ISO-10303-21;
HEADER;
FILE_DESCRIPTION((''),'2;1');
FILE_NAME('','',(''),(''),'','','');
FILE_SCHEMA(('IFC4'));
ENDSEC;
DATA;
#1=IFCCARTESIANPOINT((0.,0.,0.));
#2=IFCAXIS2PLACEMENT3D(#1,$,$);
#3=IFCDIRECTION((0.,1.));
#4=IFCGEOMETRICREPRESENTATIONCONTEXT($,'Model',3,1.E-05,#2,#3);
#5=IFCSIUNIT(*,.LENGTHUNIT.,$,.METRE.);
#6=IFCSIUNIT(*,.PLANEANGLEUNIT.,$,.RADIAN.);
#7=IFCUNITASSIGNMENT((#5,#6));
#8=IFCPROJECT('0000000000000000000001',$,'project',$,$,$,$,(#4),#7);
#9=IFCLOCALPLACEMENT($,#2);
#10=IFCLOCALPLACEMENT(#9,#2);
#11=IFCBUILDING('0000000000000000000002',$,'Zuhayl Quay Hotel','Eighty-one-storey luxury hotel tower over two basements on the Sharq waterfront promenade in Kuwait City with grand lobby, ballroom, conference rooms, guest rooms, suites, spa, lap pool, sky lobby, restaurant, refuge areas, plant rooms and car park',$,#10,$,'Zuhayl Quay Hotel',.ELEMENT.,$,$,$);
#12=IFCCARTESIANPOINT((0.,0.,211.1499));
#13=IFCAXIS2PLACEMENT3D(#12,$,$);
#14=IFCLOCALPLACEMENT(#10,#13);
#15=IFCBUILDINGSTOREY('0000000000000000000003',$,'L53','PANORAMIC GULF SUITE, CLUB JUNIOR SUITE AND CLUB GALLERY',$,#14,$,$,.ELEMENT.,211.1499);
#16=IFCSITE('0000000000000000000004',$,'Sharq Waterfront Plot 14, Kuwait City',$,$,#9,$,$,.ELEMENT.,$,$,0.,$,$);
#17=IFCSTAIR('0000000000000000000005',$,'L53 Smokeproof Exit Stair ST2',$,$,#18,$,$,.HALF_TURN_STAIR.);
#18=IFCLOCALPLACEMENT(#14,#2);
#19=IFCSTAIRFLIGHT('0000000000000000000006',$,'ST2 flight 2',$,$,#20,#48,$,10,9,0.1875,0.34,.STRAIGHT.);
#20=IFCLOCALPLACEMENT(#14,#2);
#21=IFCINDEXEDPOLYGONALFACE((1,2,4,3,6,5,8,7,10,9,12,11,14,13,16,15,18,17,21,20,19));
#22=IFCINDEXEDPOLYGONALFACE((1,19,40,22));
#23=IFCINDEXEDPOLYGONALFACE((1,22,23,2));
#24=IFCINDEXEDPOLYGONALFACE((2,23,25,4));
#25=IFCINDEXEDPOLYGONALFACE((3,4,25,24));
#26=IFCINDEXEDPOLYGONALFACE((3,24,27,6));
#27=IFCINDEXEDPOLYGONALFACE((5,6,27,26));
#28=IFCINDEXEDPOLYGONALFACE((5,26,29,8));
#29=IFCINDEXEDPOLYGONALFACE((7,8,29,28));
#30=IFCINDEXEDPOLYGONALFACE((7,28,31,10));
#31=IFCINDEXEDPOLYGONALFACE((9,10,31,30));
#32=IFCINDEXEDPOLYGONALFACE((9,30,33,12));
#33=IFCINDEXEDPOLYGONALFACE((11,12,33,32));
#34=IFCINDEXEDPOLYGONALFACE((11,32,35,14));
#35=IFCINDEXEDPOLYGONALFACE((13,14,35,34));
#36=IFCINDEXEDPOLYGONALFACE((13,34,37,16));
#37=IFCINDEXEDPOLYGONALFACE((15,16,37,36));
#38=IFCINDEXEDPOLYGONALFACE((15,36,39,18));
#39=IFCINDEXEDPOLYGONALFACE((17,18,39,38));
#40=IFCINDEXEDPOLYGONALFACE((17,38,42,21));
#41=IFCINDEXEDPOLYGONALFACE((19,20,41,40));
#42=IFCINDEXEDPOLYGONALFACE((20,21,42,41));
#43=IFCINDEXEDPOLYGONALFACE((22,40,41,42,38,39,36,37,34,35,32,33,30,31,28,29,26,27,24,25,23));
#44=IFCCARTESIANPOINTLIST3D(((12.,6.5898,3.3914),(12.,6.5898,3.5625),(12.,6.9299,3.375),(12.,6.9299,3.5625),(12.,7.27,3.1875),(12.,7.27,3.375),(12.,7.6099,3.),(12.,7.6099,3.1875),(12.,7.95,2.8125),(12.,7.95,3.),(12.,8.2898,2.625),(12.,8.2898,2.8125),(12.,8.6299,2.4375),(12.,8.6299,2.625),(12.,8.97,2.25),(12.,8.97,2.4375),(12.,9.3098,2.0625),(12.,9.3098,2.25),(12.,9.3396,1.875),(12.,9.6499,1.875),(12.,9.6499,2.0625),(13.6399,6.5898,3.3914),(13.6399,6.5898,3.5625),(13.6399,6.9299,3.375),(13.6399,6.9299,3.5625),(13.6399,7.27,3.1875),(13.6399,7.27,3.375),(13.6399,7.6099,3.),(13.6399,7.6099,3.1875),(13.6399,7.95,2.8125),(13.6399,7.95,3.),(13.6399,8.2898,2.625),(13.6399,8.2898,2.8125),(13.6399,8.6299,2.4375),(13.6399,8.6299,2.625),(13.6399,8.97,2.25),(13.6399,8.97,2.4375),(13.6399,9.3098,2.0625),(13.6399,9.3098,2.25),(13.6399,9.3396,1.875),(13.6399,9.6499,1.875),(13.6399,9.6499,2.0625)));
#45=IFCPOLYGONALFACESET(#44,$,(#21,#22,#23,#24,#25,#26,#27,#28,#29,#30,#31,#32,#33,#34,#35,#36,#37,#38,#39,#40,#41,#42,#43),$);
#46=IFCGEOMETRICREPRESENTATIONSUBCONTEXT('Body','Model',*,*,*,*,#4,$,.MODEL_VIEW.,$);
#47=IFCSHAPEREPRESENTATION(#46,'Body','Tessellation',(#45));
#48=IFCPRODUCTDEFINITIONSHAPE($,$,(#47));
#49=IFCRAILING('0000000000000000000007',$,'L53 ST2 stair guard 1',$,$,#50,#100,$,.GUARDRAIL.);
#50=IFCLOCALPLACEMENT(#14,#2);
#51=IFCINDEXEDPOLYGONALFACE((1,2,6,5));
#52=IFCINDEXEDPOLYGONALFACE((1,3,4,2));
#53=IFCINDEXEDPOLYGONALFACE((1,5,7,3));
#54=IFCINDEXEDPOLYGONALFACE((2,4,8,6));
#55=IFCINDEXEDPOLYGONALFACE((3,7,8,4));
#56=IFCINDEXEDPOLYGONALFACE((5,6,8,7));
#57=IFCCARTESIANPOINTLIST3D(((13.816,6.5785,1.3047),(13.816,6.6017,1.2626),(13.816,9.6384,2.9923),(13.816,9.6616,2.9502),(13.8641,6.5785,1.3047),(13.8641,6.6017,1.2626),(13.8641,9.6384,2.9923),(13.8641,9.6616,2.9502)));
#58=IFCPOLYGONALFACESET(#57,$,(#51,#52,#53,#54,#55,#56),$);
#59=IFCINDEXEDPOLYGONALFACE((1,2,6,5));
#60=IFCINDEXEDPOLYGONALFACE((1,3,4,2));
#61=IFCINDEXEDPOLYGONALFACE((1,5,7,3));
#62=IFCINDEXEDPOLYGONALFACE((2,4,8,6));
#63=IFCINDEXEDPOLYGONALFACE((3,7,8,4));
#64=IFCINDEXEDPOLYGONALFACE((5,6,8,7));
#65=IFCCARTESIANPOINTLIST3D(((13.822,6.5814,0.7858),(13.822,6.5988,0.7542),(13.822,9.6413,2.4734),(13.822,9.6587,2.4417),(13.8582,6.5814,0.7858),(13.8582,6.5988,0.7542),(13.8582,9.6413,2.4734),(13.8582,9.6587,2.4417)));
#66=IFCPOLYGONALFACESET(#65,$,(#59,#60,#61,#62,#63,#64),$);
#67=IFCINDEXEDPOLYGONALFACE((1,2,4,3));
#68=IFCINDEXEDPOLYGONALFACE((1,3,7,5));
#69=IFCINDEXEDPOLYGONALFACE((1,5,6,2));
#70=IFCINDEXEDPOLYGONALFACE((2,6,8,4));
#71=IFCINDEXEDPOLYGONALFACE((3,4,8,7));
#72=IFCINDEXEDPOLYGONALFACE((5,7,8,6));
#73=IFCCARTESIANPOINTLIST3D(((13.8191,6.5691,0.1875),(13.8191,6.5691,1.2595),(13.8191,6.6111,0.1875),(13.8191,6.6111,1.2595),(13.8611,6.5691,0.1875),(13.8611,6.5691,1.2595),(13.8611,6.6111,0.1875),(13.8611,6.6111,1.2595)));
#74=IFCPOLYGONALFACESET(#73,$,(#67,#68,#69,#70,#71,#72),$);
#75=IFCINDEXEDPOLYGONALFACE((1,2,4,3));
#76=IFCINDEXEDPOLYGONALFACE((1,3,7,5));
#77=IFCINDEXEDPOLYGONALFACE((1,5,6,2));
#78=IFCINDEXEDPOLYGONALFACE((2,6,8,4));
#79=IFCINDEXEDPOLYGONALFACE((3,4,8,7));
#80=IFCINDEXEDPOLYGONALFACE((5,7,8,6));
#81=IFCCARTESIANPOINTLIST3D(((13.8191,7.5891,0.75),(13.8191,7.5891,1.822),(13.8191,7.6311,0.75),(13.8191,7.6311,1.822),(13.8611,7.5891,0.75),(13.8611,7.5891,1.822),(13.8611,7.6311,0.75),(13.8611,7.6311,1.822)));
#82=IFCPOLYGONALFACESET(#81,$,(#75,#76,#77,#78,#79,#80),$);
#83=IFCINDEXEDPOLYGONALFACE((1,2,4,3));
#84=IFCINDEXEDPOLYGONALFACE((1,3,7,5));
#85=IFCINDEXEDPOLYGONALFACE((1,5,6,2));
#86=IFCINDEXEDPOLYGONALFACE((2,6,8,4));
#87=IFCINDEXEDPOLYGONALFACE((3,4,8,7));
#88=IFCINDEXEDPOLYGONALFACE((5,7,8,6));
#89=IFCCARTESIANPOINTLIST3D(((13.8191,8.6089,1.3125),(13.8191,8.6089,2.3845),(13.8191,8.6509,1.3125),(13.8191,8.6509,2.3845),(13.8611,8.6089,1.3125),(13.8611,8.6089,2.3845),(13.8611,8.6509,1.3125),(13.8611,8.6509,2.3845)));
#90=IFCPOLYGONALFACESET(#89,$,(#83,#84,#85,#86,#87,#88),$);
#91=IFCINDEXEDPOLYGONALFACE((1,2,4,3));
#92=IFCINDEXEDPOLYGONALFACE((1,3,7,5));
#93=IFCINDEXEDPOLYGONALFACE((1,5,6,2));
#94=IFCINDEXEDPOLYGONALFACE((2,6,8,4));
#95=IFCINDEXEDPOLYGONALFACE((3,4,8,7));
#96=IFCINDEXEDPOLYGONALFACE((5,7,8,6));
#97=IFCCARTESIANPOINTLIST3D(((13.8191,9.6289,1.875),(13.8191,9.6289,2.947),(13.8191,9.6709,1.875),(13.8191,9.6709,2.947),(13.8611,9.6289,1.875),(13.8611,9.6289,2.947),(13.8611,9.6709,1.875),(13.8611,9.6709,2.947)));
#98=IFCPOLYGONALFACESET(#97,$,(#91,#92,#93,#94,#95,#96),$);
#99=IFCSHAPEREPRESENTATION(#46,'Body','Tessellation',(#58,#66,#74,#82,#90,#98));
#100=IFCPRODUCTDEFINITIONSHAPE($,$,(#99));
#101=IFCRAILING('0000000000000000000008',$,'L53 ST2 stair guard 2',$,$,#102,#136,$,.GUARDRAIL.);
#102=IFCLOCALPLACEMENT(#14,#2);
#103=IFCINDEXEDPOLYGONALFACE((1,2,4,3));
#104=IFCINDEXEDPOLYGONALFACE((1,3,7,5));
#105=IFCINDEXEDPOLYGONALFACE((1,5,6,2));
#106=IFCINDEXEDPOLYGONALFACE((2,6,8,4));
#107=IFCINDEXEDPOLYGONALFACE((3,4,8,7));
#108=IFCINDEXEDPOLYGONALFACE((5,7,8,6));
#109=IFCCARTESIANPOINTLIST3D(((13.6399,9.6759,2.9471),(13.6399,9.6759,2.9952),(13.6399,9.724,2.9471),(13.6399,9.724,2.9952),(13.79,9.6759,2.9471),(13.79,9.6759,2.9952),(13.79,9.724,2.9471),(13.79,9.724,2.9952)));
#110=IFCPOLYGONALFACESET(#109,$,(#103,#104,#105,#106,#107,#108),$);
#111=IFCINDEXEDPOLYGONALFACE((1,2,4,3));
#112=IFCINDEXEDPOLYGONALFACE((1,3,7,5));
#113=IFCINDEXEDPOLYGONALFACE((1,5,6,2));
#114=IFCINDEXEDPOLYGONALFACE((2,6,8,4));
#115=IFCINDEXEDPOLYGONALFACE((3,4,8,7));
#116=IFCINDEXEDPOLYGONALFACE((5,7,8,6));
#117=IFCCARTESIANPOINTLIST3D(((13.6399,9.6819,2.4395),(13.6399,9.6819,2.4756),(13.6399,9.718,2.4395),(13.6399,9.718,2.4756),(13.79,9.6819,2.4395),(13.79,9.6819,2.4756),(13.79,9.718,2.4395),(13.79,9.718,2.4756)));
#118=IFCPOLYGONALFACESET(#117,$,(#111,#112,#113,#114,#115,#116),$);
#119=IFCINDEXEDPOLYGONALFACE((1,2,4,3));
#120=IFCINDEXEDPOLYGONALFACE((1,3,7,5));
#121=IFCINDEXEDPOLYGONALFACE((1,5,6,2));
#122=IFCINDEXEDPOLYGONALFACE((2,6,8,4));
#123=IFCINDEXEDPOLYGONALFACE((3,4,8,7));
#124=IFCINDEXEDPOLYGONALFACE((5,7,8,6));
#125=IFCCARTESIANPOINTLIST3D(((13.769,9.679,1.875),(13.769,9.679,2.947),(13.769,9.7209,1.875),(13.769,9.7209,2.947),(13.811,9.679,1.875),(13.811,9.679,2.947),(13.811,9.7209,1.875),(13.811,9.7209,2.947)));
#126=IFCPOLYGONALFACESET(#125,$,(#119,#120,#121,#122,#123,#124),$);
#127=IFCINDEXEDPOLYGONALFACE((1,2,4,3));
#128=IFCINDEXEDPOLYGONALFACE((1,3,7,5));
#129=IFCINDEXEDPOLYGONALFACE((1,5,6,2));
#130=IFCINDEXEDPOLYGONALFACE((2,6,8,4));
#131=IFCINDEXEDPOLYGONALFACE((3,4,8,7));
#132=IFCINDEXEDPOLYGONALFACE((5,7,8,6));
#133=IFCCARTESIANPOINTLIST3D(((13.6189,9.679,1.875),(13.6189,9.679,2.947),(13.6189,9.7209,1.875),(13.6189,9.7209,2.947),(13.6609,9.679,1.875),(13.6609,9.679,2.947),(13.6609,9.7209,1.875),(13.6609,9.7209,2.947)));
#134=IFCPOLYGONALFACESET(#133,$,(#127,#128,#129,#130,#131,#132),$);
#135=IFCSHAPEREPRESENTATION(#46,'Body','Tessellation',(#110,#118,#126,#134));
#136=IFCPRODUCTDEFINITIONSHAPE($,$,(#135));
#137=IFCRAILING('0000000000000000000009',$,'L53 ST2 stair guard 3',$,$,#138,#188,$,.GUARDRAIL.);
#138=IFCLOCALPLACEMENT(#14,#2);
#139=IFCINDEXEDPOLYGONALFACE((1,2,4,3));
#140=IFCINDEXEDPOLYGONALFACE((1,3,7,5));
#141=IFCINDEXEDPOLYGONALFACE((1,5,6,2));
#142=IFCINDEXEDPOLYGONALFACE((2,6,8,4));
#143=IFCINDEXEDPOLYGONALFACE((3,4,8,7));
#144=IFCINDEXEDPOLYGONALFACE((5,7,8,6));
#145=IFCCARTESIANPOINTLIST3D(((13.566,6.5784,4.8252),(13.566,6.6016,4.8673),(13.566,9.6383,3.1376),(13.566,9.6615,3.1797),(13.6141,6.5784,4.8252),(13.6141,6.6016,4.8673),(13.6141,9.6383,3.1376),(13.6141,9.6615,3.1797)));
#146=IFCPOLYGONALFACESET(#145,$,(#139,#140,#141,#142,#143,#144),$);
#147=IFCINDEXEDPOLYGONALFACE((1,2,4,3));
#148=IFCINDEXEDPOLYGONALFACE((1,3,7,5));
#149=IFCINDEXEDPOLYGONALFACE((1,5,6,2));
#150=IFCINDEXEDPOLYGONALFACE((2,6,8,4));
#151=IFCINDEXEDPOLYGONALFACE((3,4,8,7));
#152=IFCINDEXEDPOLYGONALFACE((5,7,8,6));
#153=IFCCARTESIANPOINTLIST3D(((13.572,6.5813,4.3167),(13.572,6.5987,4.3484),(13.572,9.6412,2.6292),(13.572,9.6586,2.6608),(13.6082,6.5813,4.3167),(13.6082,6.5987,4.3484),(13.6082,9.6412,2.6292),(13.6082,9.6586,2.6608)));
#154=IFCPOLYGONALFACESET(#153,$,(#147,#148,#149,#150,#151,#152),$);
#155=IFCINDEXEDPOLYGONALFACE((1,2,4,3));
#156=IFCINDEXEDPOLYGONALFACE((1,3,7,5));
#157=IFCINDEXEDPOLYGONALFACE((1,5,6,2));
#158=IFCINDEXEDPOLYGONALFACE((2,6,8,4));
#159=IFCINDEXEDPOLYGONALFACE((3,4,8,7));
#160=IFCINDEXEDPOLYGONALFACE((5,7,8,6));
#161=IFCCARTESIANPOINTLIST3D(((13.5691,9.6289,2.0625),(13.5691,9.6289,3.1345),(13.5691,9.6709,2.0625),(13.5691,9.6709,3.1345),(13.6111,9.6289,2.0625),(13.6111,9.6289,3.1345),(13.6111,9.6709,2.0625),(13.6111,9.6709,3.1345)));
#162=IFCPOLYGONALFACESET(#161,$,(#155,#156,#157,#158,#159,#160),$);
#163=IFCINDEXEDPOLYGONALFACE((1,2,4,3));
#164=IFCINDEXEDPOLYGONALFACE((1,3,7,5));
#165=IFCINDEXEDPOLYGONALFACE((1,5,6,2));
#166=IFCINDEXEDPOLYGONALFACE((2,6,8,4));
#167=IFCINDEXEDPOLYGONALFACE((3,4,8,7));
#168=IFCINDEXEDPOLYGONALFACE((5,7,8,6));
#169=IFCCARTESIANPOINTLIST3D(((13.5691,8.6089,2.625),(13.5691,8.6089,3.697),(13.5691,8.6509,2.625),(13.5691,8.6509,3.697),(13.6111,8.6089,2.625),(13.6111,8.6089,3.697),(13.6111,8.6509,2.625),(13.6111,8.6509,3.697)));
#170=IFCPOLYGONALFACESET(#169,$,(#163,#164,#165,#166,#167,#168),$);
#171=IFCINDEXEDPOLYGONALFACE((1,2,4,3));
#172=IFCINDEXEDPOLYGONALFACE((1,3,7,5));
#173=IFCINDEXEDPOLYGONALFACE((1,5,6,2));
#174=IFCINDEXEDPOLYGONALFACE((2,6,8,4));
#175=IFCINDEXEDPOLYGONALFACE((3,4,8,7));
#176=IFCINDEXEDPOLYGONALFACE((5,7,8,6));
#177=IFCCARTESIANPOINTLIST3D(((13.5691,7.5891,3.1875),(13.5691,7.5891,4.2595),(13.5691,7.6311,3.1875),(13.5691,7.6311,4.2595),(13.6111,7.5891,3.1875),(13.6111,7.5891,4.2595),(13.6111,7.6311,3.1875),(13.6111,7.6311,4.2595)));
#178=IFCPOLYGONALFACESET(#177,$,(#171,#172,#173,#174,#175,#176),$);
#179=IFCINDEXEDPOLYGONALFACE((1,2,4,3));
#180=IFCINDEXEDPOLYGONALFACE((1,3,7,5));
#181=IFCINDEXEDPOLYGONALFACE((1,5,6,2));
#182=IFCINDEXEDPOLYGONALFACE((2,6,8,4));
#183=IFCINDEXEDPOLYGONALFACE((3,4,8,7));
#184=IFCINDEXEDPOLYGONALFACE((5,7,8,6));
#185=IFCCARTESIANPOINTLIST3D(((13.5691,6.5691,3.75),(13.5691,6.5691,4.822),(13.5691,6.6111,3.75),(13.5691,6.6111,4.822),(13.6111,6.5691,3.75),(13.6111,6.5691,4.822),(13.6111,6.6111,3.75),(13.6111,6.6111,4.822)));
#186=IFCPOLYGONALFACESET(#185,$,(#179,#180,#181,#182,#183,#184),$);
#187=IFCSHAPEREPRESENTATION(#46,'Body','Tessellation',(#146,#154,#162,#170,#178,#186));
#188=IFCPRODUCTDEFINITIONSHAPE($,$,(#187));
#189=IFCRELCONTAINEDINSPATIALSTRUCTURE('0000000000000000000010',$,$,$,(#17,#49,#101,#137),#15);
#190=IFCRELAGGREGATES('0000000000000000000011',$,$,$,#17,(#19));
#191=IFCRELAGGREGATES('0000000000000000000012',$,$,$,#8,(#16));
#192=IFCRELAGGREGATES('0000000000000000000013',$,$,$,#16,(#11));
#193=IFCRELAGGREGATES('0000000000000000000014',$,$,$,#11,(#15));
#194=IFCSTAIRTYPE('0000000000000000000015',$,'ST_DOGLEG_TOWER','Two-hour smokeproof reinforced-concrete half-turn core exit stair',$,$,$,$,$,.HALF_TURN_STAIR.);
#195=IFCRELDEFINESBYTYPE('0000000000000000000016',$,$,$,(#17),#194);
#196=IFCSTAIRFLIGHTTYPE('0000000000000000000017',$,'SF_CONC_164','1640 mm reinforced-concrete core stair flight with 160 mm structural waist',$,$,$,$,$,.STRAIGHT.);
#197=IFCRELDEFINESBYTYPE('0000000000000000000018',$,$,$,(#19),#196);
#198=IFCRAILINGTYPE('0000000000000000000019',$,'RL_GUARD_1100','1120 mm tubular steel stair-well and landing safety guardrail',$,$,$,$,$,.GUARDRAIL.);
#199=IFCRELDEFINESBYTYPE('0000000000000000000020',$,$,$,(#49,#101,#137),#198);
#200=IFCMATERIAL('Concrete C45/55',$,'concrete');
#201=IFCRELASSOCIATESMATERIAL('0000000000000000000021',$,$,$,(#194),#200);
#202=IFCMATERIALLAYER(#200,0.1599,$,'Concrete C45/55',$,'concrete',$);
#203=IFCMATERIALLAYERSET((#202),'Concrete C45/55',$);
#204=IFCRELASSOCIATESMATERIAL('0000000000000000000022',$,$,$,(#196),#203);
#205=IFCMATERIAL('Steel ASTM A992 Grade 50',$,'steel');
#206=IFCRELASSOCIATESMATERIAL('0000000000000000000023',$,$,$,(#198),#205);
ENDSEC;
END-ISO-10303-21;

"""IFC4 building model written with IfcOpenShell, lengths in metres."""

from ifc_helpers import new_model, si_unit, direction, frame, origin, origin_2d, place, context, subcontext, project, spatial, polyline, rectangle, outline, extrude, material, layer, layer_set, type_object, element, aggregate, save


model = new_model("IFC4")

# Units and contexts
model_context = context("Model", 3, precision=1e-05, world=origin(), true_north=direction((0.0, 1.0)))
body_context = subcontext(model_context, "Body", "Model", "MODEL_VIEW")
ifc_project = project(units=[si_unit("LENGTHUNIT", "METRE"), si_unit("PLANEANGLEUNIT", "RADIAN")], contexts=[model_context])

# Site, building, storey
site_placement = place(None, origin())
site = spatial("IfcSite", under=ifc_project, at=site_placement, Name="Sharq Waterfront Plot 14, Kuwait City", CompositionType="ELEMENT", RefElevation=0.0)
building_placement = place(site_placement, origin())
building = spatial("IfcBuilding", under=site, at=building_placement, Name="Zuhayl Quay Hotel", Description="Eighty-one-storey luxury hotel tower over two basements on the Sharq waterfront promenade in Kuwait City with grand lobby, ballroom, conference rooms, guest rooms, suites, spa, lap pool, sky lobby, restaurant, refuge areas, plant rooms and car park", LongName="Zuhayl Quay Hotel", CompositionType="ELEMENT")
storey_placement = place(building_placement, frame((0.0, 0.0, 211.1499)))
storey = spatial("IfcBuildingStorey", under=building, at=storey_placement, Name="L53", Description="PANORAMIC GULF SUITE, CLUB JUNIOR SUITE AND CLUB GALLERY", CompositionType="ELEMENT", Elevation=211.1499)

# Shared definitions
ifc_material_1 = material(Name="Steel ASTM A992 Grade 50", Category="steel")

# Stair, stair flight
ifc_material_2 = material(Name="Concrete C45/55", Category="concrete")
stair_type = type_object("IfcStairType", Name="ST_DOGLEG_TOWER", Description="Two-hour smokeproof reinforced-concrete half-turn core exit stair", PredefinedType="HALF_TURN_STAIR", material=ifc_material_2)
stair_placement = place(storey_placement, origin())
stair = element("IfcStair", 1, at=stair_placement, inside=storey, type_object=stair_type, Name="L53 Smokeproof Exit Stair ST2", PredefinedType="HALF_TURN_STAIR")
ifc_layer_1 = layer(ifc_material_2, 0.1599, Name="Concrete C45/55", Category="concrete")
ifc_layer_set_1 = layer_set([ifc_layer_1], Name="Concrete C45/55")
stair_flight_type = type_object("IfcStairFlightType", Name="SF_CONC_164", Description="1640 mm reinforced-concrete core stair flight with 160 mm structural waist", PredefinedType="STRAIGHT", material=ifc_layer_set_1)
stair_flight_1_placement = place(storey_placement, frame((12.8201, 9.6499, 1.875), z_axis=(0.0, 0.0, 1.0), x_axis=(0.0, -1.0, 0.0)))
stair_flight_1 = element("IfcStairFlight", 2, at=stair_flight_1_placement, type_object=stair_flight_type, Name="ST2 flight 2", NumberOfRisers=10, NumberOfTreads=9, PredefinedType="STRAIGHT", RiserHeight=0.1875, TreadLength=0.34, context=body_context, shape_type="SweptSolid", body=[
    extrude(outline(polyline([(0.0, 0.0), (0.0, 0.1875), (0.3401, 0.1875), (0.3401, 0.375), (0.6799, 0.375), (0.6799, 0.5625), (1.02, 0.5625), (1.02, 0.75), (1.3601, 0.75), (1.3601, 0.9375), (1.7, 0.9375), (1.7, 1.125), (2.04, 1.125), (2.04, 1.3125), (2.3799, 1.3125), (2.3799, 1.5), (2.72, 1.5), (2.72, 1.6875), (3.0601, 1.6875), (3.0601, 1.875), (3.0601, 1.5164), (0.3103, 0.0), (0.0, 0.0)])), frame((0.0, 0.8198, 0.0), z_axis=(0.0, -1.0, 0.0), x_axis=(1.0, 0.0, 0.0)), (0.0, 0.0, 1.0), 1.6399),
])
aggregate(stair, [stair_flight_1])

# Railings
railing_type_1 = type_object("IfcRailingType", Name="RL_GUARD_1100", Description="1120 mm tubular steel stair-well and landing safety guardrail", PredefinedType="GUARDRAIL", material=ifc_material_1)
railing_1_placement = place(storey_placement, frame((13.8401, 6.5901, 0.1875)))
element("IfcRailing", 3, at=railing_1_placement, inside=storey, type_object=railing_type_1, Name="L53 ST2 stair guard 1", PredefinedType="GUARDRAIL", context=body_context, shape_type="SweptSolid", body=[
    extrude(rectangle(XDim=0.0481, YDim=0.0481, at=origin_2d()), frame((0.0, 0.0, 1.0962), z_axis=(0.0, 0.875659, 0.48293), x_axis=(-1.0, 0.0, 0.0)), (0.0, 0.0, 1.0), 3.4944),
    extrude(rectangle(XDim=0.0361, YDim=0.0361, at=origin_2d()), frame((0.0, 0.0, 0.5825), z_axis=(0.0, 0.875659, 0.48293), x_axis=(-1.0, 0.0, 0.0)), (0.0, 0.0, 1.0), 3.4944),
    extrude(rectangle(XDim=0.042, YDim=0.042, at=origin_2d()), origin(), (0.0, 0.0, 1.0), 1.072),
    extrude(rectangle(XDim=0.042, YDim=0.042, at=origin_2d()), frame((0.0, 1.02, 0.5625)), (0.0, 0.0, 1.0), 1.072),
    extrude(rectangle(XDim=0.042, YDim=0.042, at=origin_2d()), frame((0.0, 2.0398, 1.125)), (0.0, 0.0, 1.0), 1.072),
    extrude(rectangle(XDim=0.042, YDim=0.042, at=origin_2d()), frame((0.0, 3.0598, 1.6875)), (0.0, 0.0, 1.0), 1.072),
])
railing_2_placement = place(storey_placement, frame((13.79, 9.7, 1.875)))
element("IfcRailing", 4, at=railing_2_placement, inside=storey, type_object=railing_type_1, Name="L53 ST2 stair guard 2", PredefinedType="GUARDRAIL", context=body_context, shape_type="SweptSolid", body=[
    extrude(rectangle(XDim=0.0481, YDim=0.0481, at=origin_2d()), frame((0.0, 0.0, 1.0962), z_axis=(-1.0, 0.0, 0.0), x_axis=(0.0, -1.0, 0.0)), (0.0, 0.0, 1.0), 0.1501),
    extrude(rectangle(XDim=0.0361, YDim=0.0361, at=origin_2d()), frame((0.0, 0.0, 0.5825), z_axis=(-1.0, 0.0, 0.0), x_axis=(0.0, -1.0, 0.0)), (0.0, 0.0, 1.0), 0.1501),
    extrude(rectangle(XDim=0.042, YDim=0.042, at=origin_2d()), origin(), (0.0, 0.0, 1.0), 1.072),
    extrude(rectangle(XDim=0.042, YDim=0.042, at=origin_2d()), frame((-0.1501, 0.0, 0.0)), (0.0, 0.0, 1.0), 1.072),
])
railing_3_placement = place(storey_placement, frame((13.5901, 9.6499, 2.0625)))
element("IfcRailing", 5, at=railing_3_placement, inside=storey, type_object=railing_type_1, Name="L53 ST2 stair guard 3", PredefinedType="GUARDRAIL", context=body_context, shape_type="SweptSolid", body=[
    extrude(rectangle(XDim=0.0481, YDim=0.0481, at=origin_2d()), frame((0.0, 0.0, 1.0962), z_axis=(0.0, -0.875659, 0.48293), x_axis=(1.0, 0.0, 0.0)), (0.0, 0.0, 1.0), 3.4944),
    extrude(rectangle(XDim=0.0361, YDim=0.0361, at=origin_2d()), frame((0.0, 0.0, 0.5825), z_axis=(0.0, -0.875659, 0.48293), x_axis=(1.0, 0.0, 0.0)), (0.0, 0.0, 1.0), 3.4944),
    extrude(rectangle(XDim=0.042, YDim=0.042, at=origin_2d()), origin(), (0.0, 0.0, 1.0), 1.072),
    extrude(rectangle(XDim=0.042, YDim=0.042, at=origin_2d()), frame((0.0, -1.02, 0.5625)), (0.0, 0.0, 1.0), 1.072),
    extrude(rectangle(XDim=0.042, YDim=0.042, at=origin_2d()), frame((0.0, -2.0398, 1.125)), (0.0, 0.0, 1.0), 1.072),
    extrude(rectangle(XDim=0.042, YDim=0.042, at=origin_2d()), frame((0.0, -3.0598, 1.6875)), (0.0, 0.0, 1.0), 1.072),
])

save(model, "model.ifc")
